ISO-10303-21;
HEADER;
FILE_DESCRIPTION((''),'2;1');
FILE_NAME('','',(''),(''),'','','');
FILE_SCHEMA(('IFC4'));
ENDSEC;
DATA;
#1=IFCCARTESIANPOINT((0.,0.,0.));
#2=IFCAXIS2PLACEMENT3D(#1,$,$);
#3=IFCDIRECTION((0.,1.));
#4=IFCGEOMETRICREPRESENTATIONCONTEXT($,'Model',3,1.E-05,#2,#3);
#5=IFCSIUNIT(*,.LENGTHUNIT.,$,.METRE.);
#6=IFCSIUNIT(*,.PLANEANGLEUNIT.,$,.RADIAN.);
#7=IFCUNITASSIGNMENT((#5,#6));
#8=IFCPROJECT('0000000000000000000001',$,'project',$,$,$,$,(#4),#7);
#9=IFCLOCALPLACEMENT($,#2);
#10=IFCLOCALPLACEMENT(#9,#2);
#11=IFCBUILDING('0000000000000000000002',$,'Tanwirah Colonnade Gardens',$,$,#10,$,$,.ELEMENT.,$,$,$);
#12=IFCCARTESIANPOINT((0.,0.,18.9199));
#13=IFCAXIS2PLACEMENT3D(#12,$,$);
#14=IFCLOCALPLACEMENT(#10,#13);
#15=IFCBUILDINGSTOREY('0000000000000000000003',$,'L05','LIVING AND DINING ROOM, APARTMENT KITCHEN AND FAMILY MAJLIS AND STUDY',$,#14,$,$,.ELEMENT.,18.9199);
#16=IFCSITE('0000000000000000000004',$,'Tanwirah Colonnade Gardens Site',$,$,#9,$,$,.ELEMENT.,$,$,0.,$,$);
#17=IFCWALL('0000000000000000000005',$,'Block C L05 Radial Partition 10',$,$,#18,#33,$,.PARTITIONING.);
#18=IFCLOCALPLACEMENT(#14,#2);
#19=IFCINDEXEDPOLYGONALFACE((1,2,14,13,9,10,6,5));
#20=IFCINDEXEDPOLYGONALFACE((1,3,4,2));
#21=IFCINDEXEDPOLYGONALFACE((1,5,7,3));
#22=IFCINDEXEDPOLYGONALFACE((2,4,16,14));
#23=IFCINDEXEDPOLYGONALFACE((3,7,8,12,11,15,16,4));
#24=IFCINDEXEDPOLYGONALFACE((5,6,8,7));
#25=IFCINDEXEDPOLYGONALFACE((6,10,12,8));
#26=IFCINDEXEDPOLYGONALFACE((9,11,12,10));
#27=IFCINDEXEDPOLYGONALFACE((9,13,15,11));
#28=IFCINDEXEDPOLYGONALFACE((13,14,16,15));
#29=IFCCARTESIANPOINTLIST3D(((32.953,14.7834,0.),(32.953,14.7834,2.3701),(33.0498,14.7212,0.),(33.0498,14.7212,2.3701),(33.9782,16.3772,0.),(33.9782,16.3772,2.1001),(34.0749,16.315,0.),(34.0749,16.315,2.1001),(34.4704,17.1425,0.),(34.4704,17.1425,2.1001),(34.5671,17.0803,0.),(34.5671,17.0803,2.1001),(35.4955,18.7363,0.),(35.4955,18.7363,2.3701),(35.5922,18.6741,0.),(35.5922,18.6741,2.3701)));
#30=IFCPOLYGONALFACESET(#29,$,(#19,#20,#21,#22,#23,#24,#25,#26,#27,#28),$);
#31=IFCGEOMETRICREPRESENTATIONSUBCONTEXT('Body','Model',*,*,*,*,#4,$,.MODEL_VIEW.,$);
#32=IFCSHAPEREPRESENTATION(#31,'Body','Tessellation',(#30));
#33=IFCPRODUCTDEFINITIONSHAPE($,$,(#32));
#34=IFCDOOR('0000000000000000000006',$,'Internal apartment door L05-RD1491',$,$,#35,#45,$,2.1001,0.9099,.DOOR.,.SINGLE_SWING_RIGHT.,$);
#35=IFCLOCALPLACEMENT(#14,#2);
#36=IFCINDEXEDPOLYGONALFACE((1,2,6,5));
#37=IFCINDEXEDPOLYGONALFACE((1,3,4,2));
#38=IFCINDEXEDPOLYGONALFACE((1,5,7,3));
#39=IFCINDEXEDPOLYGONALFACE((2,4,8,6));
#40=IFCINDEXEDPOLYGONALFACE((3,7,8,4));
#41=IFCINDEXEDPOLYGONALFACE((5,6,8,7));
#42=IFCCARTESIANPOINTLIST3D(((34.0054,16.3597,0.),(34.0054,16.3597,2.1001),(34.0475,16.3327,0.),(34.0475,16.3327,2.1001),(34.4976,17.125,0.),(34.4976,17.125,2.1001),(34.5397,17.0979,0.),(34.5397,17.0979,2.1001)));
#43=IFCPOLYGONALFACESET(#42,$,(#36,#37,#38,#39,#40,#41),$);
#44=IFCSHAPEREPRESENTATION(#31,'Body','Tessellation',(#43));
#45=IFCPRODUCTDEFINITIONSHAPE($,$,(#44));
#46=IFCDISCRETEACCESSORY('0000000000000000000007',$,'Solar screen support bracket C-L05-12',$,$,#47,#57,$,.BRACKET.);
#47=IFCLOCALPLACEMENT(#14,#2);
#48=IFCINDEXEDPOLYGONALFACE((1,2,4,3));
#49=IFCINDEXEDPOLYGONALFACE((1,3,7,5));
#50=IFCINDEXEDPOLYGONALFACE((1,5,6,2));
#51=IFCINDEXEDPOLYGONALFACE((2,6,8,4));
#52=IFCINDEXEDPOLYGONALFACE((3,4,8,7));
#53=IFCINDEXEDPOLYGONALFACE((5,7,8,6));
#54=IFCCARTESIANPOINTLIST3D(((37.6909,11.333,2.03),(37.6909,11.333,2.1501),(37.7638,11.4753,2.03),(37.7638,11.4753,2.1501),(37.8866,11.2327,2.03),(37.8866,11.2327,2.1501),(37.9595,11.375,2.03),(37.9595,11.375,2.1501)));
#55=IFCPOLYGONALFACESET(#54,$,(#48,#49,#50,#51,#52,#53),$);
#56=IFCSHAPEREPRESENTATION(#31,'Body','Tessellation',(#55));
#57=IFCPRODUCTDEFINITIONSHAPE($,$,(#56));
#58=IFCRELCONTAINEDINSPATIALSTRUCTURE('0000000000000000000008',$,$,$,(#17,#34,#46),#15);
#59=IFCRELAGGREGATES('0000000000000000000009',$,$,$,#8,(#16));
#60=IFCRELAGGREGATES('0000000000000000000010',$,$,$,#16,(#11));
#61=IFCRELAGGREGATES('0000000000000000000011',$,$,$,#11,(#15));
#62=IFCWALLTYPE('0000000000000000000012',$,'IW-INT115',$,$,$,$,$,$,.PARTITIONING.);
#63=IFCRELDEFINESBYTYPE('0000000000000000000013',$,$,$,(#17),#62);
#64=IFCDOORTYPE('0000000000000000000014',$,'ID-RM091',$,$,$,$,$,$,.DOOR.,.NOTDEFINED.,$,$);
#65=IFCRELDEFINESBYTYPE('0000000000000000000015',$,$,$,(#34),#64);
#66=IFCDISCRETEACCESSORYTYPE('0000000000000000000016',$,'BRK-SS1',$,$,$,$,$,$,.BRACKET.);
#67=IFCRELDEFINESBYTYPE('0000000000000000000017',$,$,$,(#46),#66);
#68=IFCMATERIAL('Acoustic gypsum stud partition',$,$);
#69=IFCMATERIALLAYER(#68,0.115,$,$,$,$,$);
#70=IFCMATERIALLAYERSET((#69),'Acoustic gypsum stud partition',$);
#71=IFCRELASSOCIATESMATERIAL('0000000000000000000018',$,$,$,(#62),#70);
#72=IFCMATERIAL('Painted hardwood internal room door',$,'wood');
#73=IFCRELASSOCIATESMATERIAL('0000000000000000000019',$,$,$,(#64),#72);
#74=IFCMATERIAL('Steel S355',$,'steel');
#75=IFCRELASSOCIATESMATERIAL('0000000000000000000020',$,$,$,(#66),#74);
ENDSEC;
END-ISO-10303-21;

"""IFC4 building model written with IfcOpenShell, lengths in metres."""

from ifc_helpers import new_model, si_unit, direction, frame, frame_2d, origin, origin_2d, place, context, subcontext, project, spatial, rectangle, extrude, material, layer, layer_set, type_object, element, fill, save


model = new_model("IFC4")

# Units and contexts
model_context = context("Model", 3, precision=1e-05, world=origin(), true_north=direction((0.0, 1.0)))
body_context = subcontext(model_context, "Body", "Model", "MODEL_VIEW")
ifc_project = project(units=[si_unit("LENGTHUNIT", "METRE"), si_unit("PLANEANGLEUNIT", "RADIAN")], contexts=[model_context])

# Site, building, storey
site_placement = place(None, origin())
site = spatial("IfcSite", under=ifc_project, at=site_placement, Name="Tanwirah Colonnade Gardens Site", CompositionType="ELEMENT", RefElevation=0.0)
building_placement = place(site_placement, origin())
building = spatial("IfcBuilding", under=site, at=building_placement, Name="Tanwirah Colonnade Gardens", CompositionType="ELEMENT")
storey_placement = place(building_placement, frame((0.0, 0.0, 18.9199)))
storey = spatial("IfcBuildingStorey", under=building, at=storey_placement, Name="L05", Description="LIVING AND DINING ROOM, APARTMENT KITCHEN AND FAMILY MAJLIS AND STUDY", CompositionType="ELEMENT", Elevation=18.9199)

# Wall, opening, door
ifc_material_1 = material(Name="Acoustic gypsum stud partition")
ifc_layer_1 = layer(ifc_material_1, 0.115)
ifc_layer_set_1 = layer_set([ifc_layer_1], Name="Acoustic gypsum stud partition")
wall_type_1 = type_object("IfcWallType", Name="IW-INT115", PredefinedType="PARTITIONING", material=ifc_layer_set_1)
wall_1_placement = place(storey_placement, frame((35.5439, 18.7053, 0.0), z_axis=(0.0, 0.0, 1.0), x_axis=(-0.54096, -0.841048, 0.0)))
wall_1 = element("IfcWall", 1, at=wall_1_placement, inside=storey, type_object=wall_type_1, Name="Block C L05 Radial Partition 10", PredefinedType="PARTITIONING", context=body_context, shape_type="SweptSolid", body=[
    extrude(rectangle(XDim=4.7, YDim=0.115, at=frame_2d((2.3501, 0.0))), origin(), (0.0, 0.0, 1.0), 2.3701),
])
opening_1_placement = place(wall_1_placement, frame((1.895, 0.0, 0.0)))
opening_1 = element("IfcOpeningElement", 2, at=opening_1_placement, cuts=wall_1, PredefinedType="OPENING", context=body_context, shape_type="SweptSolid", body=[
    extrude(rectangle(XDim=0.9099, YDim=2.1001, at=frame_2d((0.4551, 1.05))), frame((0.0, 0.0674, 0.0), z_axis=(0.0, -1.0, 0.0), x_axis=(1.0, 0.0, 0.0)), (0.0, 0.0, 1.0), 0.135),
])
ifc_material_2 = material(Name="Painted hardwood internal room door", Category="wood")
door_type_1 = type_object("IfcDoorType", Name="ID-RM091", OperationType="NOTDEFINED", PredefinedType="DOOR", material=ifc_material_2)
door_1_placement = place(opening_1_placement, origin())
door_1 = element("IfcDoor", 3, at=door_1_placement, inside=storey, type_object=door_type_1, Name="Internal apartment door L05-RD1491", OperationType="SINGLE_SWING_RIGHT", OverallHeight=2.1001, OverallWidth=0.9099, PredefinedType="DOOR", context=body_context, shape_type="SweptSolid", body=[
    extrude(rectangle(XDim=0.9099, YDim=2.1001, at=frame_2d((0.4551, 1.05))), frame((0.0, 0.0249, 0.0), z_axis=(0.0, -1.0, 0.0), x_axis=(1.0, 0.0, 0.0)), (0.0, 0.0, 1.0), 0.05),
])
fill(opening_1, door_1)

# Discrete accessory
ifc_material_3 = material(Name="Steel S355", Category="steel")
discrete_accessory_type = type_object("IfcDiscreteAccessoryType", Name="BRK-SS1", PredefinedType="BRACKET", material=ifc_material_3)
discrete_accessory_placement = place(storey_placement, frame((37.8252, 11.354, 2.03), z_axis=(0.0, 0.0, 1.0), x_axis=(0.890015, -0.455931, 0.0)))
element("IfcDiscreteAccessory", 4, at=discrete_accessory_placement, inside=storey, type_object=discrete_accessory_type, Name="Solar screen support bracket C-L05-12", PredefinedType="BRACKET", context=body_context, shape_type="SweptSolid", body=[
    extrude(rectangle(XDim=0.22, YDim=0.1599, at=origin_2d()), origin(), (0.0, 0.0, 1.0), 0.1201),
])

save(model, "model.ifc")
